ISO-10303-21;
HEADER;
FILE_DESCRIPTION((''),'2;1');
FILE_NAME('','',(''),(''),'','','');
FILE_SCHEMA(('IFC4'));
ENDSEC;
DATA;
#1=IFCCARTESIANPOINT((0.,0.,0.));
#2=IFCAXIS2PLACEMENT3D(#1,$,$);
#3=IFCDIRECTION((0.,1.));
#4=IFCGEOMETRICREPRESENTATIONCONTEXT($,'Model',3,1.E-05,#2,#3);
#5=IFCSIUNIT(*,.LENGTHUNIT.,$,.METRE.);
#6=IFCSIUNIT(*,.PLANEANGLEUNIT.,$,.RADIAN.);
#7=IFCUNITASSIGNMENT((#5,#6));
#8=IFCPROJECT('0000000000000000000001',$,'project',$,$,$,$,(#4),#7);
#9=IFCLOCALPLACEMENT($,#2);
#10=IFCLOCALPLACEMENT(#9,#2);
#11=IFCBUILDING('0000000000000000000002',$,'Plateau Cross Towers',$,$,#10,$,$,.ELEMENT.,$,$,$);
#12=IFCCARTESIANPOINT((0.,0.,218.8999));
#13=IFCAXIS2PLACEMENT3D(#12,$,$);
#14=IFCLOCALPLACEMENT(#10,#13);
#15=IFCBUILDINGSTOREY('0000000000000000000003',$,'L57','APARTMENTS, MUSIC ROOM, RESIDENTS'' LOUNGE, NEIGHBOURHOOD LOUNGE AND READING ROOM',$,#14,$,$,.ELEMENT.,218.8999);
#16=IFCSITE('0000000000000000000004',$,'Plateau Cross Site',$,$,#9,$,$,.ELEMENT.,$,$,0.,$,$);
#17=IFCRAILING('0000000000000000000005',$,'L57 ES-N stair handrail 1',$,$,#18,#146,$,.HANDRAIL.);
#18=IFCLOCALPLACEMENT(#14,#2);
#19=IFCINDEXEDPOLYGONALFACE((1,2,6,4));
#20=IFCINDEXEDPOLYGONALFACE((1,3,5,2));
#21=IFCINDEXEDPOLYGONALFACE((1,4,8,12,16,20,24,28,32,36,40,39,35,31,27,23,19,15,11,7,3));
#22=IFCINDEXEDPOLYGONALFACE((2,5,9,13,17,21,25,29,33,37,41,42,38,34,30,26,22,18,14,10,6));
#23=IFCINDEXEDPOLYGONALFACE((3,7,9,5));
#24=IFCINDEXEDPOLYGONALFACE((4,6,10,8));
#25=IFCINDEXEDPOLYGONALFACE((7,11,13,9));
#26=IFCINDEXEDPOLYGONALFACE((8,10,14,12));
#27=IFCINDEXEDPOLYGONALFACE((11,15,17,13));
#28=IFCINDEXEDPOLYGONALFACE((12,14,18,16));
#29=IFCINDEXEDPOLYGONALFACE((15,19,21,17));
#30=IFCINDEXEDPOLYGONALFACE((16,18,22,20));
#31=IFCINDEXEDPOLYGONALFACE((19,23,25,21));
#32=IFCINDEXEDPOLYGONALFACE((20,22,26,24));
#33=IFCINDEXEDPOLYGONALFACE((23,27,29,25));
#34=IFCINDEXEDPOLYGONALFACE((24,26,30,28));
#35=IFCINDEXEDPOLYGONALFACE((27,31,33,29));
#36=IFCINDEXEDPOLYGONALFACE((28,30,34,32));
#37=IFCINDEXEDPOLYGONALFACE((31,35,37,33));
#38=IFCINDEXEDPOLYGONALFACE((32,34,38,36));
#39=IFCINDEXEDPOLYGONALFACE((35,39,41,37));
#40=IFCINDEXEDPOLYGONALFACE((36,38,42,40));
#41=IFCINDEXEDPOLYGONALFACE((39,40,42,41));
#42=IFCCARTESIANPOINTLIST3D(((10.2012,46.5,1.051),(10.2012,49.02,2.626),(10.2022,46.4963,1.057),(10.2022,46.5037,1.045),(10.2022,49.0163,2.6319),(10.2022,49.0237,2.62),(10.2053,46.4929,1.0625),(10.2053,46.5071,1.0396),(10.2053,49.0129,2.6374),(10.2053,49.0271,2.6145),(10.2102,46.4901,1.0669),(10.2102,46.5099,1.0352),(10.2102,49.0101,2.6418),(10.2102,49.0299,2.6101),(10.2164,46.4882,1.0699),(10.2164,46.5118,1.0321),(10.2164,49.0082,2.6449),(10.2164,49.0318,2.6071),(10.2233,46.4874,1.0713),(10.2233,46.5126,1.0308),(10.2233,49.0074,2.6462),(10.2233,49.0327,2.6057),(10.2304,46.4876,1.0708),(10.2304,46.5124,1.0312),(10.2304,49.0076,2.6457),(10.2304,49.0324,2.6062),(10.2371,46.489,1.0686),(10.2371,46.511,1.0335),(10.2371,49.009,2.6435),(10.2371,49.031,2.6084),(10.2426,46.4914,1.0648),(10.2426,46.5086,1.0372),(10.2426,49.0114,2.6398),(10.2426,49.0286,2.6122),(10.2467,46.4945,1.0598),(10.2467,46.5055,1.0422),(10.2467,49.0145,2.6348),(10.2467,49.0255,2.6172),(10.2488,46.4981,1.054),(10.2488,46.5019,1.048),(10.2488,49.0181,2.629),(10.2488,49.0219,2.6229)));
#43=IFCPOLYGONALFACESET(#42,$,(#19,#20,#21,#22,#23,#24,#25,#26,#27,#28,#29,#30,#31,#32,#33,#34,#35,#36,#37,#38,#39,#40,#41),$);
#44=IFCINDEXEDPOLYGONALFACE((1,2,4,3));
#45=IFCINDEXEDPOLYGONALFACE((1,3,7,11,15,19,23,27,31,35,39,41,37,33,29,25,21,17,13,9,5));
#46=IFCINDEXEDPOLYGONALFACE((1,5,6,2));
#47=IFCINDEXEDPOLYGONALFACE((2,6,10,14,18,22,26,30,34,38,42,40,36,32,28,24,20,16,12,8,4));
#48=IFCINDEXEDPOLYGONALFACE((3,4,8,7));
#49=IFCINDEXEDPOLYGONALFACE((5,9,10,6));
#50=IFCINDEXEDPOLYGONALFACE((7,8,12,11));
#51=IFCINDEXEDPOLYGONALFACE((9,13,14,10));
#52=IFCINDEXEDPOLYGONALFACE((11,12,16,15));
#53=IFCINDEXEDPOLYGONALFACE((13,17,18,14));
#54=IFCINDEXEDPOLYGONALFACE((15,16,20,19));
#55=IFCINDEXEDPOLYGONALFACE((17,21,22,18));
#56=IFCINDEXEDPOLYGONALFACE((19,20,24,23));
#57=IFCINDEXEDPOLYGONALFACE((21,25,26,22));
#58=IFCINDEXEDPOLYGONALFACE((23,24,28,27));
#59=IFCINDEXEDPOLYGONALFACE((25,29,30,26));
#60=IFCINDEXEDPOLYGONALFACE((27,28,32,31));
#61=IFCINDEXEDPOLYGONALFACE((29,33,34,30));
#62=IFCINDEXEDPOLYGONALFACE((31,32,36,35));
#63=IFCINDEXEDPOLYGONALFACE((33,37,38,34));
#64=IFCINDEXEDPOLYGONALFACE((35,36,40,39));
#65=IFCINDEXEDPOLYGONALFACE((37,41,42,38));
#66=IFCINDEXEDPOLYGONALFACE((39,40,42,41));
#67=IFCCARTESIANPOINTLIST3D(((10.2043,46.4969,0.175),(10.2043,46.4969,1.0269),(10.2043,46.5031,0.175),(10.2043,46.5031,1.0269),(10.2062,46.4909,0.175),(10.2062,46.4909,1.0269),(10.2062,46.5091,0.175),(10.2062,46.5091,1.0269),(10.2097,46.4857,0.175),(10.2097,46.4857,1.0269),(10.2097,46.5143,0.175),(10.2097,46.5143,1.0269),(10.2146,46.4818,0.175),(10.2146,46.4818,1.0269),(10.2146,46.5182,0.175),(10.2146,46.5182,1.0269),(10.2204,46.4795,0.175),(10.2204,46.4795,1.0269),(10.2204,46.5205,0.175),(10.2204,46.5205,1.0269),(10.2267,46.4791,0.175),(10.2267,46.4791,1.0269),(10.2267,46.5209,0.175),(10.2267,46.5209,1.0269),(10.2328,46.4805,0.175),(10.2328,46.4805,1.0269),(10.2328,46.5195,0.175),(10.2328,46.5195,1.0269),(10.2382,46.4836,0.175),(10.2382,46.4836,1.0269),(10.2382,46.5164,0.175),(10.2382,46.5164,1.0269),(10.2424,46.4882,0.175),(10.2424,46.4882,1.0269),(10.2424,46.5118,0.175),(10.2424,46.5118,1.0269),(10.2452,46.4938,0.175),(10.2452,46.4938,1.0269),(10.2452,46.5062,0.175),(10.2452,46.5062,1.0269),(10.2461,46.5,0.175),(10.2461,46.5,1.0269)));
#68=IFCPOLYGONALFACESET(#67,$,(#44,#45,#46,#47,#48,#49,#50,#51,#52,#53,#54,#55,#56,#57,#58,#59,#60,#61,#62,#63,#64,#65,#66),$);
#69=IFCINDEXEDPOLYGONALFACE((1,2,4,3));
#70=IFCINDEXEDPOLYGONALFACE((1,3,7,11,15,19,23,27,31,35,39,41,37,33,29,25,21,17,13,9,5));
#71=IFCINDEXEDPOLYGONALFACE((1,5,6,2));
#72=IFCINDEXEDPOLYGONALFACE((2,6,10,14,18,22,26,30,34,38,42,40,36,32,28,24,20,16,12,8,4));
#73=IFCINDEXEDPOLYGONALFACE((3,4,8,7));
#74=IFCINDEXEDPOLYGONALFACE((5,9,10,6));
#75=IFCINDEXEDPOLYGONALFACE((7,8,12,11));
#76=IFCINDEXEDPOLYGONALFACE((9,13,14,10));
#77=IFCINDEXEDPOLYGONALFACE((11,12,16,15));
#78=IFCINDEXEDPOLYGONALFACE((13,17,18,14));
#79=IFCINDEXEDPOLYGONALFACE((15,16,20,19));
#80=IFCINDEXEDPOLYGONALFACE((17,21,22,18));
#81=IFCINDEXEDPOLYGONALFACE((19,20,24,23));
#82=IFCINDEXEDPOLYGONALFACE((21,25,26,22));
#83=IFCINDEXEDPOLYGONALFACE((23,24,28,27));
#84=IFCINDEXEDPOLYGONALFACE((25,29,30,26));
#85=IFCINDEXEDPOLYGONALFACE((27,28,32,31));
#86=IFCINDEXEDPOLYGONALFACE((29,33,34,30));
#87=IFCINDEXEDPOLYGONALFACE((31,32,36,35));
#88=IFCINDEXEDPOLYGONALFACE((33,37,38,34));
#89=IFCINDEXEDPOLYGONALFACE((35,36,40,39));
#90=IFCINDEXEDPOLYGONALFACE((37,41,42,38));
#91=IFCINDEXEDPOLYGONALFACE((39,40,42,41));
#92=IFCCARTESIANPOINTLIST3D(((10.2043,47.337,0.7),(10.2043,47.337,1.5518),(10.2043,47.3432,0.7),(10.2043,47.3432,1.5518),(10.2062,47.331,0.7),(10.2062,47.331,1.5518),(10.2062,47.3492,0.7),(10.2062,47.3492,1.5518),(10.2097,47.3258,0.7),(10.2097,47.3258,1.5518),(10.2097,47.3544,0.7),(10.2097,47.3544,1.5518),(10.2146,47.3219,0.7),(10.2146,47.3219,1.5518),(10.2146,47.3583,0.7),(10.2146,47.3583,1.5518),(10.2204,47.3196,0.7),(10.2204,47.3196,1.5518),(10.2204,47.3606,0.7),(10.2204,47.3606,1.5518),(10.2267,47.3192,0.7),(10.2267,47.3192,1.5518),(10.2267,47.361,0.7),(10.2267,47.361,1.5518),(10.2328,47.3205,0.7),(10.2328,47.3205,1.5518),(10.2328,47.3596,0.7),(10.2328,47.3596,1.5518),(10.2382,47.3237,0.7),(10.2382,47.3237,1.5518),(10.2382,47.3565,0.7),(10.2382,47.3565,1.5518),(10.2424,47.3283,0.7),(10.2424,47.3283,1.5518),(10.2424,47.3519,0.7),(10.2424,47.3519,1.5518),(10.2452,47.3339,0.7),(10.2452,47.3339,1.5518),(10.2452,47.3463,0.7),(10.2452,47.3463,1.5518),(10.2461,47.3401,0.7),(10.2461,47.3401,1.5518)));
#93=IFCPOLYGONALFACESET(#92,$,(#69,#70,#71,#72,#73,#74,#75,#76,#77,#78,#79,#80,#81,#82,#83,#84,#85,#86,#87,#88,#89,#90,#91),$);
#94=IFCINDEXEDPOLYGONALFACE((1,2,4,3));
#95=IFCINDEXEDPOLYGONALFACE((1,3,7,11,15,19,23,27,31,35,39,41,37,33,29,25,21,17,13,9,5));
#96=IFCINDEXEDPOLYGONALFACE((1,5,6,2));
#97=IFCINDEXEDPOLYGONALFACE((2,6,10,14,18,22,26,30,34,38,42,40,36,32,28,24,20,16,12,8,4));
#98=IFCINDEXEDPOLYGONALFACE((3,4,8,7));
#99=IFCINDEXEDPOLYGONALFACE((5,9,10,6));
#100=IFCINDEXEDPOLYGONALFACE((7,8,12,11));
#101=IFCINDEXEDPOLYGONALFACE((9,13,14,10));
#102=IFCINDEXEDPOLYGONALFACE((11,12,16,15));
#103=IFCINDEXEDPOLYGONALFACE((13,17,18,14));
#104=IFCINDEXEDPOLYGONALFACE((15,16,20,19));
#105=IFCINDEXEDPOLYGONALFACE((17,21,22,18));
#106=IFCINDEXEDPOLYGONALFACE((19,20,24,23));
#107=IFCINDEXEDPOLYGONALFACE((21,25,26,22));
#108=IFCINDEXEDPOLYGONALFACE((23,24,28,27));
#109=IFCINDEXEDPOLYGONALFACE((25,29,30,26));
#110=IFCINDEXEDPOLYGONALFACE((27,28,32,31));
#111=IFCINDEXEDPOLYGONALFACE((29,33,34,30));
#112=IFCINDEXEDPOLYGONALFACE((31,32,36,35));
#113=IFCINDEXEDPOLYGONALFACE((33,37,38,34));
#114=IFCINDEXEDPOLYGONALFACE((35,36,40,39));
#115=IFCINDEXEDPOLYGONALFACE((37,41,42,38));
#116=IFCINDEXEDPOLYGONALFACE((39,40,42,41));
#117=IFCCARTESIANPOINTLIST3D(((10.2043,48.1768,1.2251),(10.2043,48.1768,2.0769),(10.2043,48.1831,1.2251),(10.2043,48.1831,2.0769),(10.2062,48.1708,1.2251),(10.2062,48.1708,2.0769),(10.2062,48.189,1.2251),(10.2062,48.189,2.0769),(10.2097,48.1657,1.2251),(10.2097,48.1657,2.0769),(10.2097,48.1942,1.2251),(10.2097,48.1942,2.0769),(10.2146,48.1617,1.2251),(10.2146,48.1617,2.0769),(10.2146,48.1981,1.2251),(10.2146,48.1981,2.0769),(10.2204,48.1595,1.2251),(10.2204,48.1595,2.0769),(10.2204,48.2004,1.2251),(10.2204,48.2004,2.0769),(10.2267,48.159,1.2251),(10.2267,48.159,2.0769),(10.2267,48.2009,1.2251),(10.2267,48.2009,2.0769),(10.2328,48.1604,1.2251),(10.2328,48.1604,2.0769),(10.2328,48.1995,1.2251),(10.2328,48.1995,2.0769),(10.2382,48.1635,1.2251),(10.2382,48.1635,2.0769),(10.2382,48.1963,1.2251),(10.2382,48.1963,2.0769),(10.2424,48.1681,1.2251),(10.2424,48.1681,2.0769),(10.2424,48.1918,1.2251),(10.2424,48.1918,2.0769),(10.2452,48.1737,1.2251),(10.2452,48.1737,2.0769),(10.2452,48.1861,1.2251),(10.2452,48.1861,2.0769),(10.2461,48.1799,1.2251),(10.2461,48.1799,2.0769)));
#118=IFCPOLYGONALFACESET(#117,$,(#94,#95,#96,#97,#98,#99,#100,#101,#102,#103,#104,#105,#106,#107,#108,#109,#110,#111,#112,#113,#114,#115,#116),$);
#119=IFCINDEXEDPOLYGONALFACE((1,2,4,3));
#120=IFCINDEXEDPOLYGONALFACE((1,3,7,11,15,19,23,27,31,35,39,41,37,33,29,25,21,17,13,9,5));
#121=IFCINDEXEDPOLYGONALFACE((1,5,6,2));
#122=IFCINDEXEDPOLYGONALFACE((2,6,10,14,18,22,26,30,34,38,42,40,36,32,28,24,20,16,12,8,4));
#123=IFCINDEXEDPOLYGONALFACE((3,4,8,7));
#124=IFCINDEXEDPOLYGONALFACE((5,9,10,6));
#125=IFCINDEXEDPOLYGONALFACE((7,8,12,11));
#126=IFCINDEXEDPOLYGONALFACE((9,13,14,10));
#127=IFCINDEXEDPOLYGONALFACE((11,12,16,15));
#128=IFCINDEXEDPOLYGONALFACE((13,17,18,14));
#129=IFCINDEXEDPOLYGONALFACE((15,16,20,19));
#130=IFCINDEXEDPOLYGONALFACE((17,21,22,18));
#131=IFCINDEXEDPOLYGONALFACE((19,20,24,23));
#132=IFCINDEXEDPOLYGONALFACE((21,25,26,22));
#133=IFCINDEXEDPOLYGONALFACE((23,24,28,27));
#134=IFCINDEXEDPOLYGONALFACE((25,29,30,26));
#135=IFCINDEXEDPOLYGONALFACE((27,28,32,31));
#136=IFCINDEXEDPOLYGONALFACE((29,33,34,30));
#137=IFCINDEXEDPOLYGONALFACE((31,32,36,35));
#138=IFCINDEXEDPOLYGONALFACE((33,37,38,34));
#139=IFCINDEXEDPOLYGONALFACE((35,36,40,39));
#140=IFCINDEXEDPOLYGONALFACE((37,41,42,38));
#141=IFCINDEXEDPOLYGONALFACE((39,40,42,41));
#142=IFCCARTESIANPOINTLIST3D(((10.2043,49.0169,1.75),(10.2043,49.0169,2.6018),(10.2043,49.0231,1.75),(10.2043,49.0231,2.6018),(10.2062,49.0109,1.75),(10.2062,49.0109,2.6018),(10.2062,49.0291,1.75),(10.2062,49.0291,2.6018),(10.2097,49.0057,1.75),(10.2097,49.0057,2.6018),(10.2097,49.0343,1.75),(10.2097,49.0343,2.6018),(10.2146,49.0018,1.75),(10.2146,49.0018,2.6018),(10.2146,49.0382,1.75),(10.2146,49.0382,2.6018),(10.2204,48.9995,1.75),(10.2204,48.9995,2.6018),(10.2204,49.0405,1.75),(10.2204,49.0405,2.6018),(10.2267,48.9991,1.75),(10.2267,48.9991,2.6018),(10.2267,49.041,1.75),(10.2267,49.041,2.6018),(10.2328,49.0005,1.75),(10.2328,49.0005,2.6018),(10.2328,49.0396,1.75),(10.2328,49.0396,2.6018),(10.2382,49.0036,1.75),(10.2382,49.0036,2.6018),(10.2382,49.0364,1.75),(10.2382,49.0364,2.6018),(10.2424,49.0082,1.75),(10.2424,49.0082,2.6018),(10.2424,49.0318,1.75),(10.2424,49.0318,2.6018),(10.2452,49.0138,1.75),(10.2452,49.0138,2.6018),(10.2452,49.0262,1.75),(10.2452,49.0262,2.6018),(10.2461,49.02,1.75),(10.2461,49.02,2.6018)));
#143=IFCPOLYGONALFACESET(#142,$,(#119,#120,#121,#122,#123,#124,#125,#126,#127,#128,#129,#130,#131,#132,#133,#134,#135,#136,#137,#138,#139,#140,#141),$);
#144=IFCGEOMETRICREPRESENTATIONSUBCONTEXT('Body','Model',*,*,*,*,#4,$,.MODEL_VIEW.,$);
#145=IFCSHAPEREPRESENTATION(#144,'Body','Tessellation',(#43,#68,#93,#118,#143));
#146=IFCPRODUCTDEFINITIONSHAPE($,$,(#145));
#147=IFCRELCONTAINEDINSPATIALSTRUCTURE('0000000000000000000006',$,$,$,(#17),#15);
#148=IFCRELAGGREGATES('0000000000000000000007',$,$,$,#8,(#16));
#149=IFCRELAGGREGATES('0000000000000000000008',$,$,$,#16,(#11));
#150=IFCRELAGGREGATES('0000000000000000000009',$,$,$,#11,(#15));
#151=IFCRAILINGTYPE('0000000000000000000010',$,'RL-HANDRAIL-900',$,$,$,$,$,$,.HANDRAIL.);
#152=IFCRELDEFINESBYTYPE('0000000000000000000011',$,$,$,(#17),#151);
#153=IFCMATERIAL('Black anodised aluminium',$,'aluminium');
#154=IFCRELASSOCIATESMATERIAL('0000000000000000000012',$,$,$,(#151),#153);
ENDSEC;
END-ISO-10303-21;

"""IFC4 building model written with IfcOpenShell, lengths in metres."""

from ifc_helpers import new_model, si_unit, direction, frame, origin, origin_2d, place, context, subcontext, project, spatial, circle, extrude, material, type_object, element, save


model = new_model("IFC4")

# Units and contexts
model_context = context("Model", 3, precision=1e-05, world=origin(), true_north=direction((0.0, 1.0)))
body_context = subcontext(model_context, "Body", "Model", "MODEL_VIEW")
ifc_project = project(units=[si_unit("LENGTHUNIT", "METRE"), si_unit("PLANEANGLEUNIT", "RADIAN")], contexts=[model_context])

# Site, building, storey
site_placement = place(None, origin())
site = spatial("IfcSite", under=ifc_project, at=site_placement, Name="Plateau Cross Site", CompositionType="ELEMENT", RefElevation=0.0)
building_placement = place(site_placement, origin())
building = spatial("IfcBuilding", under=site, at=building_placement, Name="Plateau Cross Towers", CompositionType="ELEMENT")
storey_placement = place(building_placement, frame((0.0, 0.0, 218.8999)))
storey = spatial("IfcBuildingStorey", under=building, at=storey_placement, Name="L57", Description="APARTMENTS, MUSIC ROOM, RESIDENTS' LOUNGE, NEIGHBOURHOOD LOUNGE AND READING ROOM", CompositionType="ELEMENT", Elevation=218.8999)

# Shared definitions
ifc_material_1 = material(Name="Black anodised aluminium", Category="aluminium")

# Railing
railing_type_1 = type_object("IfcRailingType", Name="RL-HANDRAIL-900", PredefinedType="HANDRAIL", material=ifc_material_1)
railing_1_placement = place(storey_placement, frame((10.2251, 46.5, 0.175)))
element("IfcRailing", 1, at=railing_1_placement, inside=storey, type_object=railing_type_1, Name="L57 ES-N stair handrail 1", PredefinedType="HANDRAIL", context=body_context, shape_type="SweptSolid", body=[
    extrude(circle(Radius=0.0239, at=origin_2d()), frame((0.0, 0.0, 0.876), z_axis=(0.0, 0.848008, 0.529984), x_axis=(-1.0, 0.0, 0.0)), (0.0, 0.0, 1.0), 2.9717),
    extrude(circle(Radius=0.021, at=origin_2d()), origin(), (0.0, 0.0, 1.0), 0.8518),
    extrude(circle(Radius=0.021, at=origin_2d()), frame((0.0, 0.8401, 0.5249)), (0.0, 0.0, 1.0), 0.8518),
    extrude(circle(Radius=0.021, at=origin_2d()), frame((0.0, 1.6799, 1.05)), (0.0, 0.0, 1.0), 0.8518),
    extrude(circle(Radius=0.021, at=origin_2d()), frame((0.0, 2.52, 1.575)), (0.0, 0.0, 1.0), 0.8518),
])

save(model, "model.ifc")
